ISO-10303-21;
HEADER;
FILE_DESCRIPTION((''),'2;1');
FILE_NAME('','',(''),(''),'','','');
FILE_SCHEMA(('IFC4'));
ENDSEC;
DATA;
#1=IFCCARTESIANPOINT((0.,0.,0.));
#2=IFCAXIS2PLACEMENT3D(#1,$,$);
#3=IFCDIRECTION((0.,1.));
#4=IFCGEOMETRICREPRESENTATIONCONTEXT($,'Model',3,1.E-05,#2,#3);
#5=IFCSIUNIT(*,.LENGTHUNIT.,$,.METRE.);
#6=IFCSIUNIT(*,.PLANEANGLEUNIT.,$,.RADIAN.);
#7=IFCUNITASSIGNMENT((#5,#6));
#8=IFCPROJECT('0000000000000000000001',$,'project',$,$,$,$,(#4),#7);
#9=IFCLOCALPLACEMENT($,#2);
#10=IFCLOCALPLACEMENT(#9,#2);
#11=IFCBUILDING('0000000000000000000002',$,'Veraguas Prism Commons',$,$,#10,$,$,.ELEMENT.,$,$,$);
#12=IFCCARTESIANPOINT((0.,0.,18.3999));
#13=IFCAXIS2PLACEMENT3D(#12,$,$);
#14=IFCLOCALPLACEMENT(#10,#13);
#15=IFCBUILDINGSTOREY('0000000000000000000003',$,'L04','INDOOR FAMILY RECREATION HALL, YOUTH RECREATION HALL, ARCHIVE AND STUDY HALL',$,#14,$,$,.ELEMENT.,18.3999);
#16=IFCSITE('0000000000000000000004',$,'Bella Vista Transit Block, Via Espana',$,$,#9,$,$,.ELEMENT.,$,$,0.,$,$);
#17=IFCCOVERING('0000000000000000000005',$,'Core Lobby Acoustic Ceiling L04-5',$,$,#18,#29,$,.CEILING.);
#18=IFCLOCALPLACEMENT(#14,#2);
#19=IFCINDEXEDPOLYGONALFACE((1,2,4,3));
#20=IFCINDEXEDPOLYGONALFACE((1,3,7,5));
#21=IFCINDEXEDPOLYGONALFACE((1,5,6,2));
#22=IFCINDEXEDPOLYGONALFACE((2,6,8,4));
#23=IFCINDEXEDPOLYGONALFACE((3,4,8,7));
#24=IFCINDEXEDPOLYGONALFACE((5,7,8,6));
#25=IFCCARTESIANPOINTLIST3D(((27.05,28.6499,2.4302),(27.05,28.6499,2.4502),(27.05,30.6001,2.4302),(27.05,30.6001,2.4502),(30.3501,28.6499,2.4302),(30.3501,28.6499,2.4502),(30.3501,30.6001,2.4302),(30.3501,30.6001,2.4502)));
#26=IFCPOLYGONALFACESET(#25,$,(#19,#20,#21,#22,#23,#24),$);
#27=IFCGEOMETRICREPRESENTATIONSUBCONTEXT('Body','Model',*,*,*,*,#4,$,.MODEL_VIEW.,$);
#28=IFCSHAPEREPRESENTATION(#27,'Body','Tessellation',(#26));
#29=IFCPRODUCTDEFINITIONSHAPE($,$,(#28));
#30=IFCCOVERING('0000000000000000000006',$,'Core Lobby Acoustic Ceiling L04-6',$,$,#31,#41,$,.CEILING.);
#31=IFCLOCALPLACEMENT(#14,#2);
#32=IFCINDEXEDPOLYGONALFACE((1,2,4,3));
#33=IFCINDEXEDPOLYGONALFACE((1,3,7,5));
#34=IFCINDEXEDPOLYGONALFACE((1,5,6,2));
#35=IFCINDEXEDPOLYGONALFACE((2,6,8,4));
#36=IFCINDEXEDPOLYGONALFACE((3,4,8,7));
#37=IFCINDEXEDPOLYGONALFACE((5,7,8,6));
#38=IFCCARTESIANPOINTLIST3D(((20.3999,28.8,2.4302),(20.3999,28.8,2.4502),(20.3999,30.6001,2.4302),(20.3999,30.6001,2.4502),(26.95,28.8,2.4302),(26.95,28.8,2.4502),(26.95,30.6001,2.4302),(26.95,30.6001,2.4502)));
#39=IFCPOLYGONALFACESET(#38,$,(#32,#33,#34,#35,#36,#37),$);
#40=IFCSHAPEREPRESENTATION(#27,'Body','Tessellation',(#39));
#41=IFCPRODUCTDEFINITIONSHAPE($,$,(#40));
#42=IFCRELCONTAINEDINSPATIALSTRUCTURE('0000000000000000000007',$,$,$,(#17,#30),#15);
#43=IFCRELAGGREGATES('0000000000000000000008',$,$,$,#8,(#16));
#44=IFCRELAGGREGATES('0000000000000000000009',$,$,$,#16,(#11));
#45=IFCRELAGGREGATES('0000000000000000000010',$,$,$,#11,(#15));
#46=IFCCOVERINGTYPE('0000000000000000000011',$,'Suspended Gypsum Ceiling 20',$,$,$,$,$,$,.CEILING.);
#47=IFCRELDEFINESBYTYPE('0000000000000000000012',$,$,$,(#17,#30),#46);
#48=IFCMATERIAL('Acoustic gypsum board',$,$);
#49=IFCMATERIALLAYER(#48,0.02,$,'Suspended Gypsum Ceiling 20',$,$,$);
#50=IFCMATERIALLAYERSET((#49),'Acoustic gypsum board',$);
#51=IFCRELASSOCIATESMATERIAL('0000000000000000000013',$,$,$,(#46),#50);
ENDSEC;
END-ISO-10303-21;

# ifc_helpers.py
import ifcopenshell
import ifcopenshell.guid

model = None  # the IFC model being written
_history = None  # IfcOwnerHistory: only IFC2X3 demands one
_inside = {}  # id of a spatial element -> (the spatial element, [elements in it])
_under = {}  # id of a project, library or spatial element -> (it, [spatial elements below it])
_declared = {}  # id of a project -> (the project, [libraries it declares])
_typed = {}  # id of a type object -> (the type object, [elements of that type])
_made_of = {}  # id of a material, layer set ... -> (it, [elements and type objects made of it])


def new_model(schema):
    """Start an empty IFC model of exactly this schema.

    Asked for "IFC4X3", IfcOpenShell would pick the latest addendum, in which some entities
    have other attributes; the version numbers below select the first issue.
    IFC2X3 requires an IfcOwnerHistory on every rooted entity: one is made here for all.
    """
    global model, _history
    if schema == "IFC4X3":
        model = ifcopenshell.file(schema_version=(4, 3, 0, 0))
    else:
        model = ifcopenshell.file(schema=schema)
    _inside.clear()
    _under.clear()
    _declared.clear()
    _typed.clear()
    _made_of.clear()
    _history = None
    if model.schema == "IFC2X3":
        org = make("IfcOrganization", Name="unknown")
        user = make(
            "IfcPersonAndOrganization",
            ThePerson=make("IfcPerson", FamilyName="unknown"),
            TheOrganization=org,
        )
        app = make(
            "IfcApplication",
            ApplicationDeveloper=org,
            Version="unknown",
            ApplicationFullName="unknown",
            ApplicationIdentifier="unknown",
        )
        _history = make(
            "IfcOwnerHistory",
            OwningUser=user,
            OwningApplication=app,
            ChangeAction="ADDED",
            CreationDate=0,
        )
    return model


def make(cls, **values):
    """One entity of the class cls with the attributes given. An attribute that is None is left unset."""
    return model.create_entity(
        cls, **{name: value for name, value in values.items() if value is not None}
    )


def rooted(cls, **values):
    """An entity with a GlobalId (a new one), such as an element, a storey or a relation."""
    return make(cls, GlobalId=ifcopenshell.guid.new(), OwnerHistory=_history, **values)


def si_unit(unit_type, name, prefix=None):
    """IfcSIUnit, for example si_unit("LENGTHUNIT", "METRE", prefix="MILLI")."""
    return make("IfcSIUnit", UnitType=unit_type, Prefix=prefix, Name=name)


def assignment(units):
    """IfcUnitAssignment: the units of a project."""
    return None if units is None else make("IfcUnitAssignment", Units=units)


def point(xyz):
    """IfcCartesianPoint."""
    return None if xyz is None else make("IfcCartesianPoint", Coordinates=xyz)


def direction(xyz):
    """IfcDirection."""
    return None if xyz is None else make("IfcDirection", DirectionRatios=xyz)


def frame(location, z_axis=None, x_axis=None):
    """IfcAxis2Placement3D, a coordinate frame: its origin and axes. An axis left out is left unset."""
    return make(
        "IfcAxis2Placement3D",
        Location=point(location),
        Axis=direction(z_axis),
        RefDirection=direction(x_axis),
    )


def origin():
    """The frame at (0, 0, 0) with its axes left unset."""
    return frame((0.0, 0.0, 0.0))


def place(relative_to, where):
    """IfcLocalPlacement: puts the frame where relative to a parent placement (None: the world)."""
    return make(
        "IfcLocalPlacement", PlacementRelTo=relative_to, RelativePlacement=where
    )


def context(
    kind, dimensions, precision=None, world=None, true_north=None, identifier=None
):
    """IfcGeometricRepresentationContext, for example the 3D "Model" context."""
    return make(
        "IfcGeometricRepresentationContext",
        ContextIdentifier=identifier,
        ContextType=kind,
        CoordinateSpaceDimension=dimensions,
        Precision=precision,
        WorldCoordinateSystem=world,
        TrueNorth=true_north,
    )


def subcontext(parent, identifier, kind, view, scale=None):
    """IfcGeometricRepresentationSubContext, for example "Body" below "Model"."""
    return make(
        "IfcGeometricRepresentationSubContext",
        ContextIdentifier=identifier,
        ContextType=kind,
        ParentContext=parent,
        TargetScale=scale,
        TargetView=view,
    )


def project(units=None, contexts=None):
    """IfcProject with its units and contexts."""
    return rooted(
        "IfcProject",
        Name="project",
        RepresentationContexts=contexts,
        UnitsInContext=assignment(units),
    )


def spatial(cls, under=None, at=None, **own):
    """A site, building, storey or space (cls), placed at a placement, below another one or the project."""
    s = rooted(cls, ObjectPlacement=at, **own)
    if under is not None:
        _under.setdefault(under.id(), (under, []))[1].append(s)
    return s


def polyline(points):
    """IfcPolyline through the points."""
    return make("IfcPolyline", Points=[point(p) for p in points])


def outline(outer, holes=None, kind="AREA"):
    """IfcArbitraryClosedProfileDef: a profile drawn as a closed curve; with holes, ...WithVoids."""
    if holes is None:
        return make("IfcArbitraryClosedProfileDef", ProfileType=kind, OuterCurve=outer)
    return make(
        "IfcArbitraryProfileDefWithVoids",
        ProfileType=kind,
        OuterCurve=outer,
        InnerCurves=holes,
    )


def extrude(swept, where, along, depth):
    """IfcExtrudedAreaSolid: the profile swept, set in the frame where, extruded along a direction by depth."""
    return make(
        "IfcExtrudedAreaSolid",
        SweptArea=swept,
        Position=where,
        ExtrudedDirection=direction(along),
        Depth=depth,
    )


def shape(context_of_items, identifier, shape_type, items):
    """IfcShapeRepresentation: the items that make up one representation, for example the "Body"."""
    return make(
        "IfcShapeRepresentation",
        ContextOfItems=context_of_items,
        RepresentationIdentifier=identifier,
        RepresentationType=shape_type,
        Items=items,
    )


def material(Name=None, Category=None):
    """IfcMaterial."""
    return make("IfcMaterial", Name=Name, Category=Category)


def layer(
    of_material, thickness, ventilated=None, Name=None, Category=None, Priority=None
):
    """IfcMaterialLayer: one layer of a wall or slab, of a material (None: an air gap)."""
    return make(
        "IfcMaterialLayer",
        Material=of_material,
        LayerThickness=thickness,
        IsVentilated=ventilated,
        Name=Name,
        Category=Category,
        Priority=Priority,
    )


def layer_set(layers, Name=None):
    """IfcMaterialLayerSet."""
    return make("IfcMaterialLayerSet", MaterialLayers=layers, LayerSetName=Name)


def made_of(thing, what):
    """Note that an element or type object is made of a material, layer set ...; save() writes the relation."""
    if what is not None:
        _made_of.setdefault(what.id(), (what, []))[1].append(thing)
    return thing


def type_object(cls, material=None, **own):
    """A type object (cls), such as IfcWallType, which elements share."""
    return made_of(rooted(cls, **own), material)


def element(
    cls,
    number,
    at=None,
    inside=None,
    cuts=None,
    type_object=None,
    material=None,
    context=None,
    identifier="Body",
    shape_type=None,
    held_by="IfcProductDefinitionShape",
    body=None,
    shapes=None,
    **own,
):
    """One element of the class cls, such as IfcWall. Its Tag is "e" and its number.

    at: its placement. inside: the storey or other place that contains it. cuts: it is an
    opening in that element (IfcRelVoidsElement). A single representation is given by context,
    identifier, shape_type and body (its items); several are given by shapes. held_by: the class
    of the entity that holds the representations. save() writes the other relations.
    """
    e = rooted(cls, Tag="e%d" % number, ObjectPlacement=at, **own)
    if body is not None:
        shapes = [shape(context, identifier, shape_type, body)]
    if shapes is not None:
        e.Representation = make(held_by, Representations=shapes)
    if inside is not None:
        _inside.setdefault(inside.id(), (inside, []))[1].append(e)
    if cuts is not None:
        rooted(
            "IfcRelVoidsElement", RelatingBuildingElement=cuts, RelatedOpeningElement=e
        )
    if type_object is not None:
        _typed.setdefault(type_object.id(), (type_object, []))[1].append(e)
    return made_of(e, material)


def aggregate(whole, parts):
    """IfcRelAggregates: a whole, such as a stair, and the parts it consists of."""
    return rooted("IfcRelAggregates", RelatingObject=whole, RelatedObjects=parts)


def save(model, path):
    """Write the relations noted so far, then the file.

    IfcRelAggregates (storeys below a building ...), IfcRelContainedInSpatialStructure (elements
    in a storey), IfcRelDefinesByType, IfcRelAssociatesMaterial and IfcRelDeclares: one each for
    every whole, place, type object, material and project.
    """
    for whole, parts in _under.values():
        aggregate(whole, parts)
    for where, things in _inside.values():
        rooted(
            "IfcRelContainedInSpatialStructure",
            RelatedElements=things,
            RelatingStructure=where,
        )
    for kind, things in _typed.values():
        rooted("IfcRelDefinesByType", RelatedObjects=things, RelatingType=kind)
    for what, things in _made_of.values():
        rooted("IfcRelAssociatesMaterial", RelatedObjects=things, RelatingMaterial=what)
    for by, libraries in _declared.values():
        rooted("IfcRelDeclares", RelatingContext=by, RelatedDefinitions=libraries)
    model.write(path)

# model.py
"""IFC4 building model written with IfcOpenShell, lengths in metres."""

from ifc_helpers import new_model, si_unit, direction, frame, origin, place, context, subcontext, project, spatial, polyline, outline, extrude, material, layer, layer_set, type_object, element, save


model = new_model("IFC4")

# Units and contexts
model_context = context("Model", 3, precision=1e-05, world=origin(), true_north=direction((0.0, 1.0)))
body_context = subcontext(model_context, "Body", "Model", "MODEL_VIEW")
ifc_project = project(units=[si_unit("LENGTHUNIT", "METRE"), si_unit("PLANEANGLEUNIT", "RADIAN")], contexts=[model_context])

# Site, building, storey
site_placement = place(None, origin())
site = spatial("IfcSite", under=ifc_project, at=site_placement, Name="Bella Vista Transit Block, Via Espana", CompositionType="ELEMENT", RefElevation=0.0)
building_placement = place(site_placement, origin())
building = spatial("IfcBuilding", under=site, at=building_placement, Name="Veraguas Prism Commons", CompositionType="ELEMENT")
storey_placement = place(building_placement, frame((0.0, 0.0, 18.3999)))
storey = spatial("IfcBuildingStorey", under=building, at=storey_placement, Name="L04", Description="INDOOR FAMILY RECREATION HALL, YOUTH RECREATION HALL, ARCHIVE AND STUDY HALL", CompositionType="ELEMENT", Elevation=18.3999)

# Shared definitions
ifc_material_1 = material(Name="Acoustic gypsum board")

# Coverings
ifc_layer_1 = layer(ifc_material_1, 0.02, Name="Suspended Gypsum Ceiling 20")
ifc_layer_set_1 = layer_set([ifc_layer_1], Name="Acoustic gypsum board")
covering_type_1 = type_object("IfcCoveringType", Name="Suspended Gypsum Ceiling 20", PredefinedType="CEILING", material=ifc_layer_set_1)
covering_1_placement = place(storey_placement, frame((0.0, 0.0, 2.4302)))
element("IfcCovering", 1, at=covering_1_placement, inside=storey, type_object=covering_type_1, Name="Core Lobby Acoustic Ceiling L04-5", PredefinedType="CEILING", context=body_context, shape_type="SweptSolid", body=[
    extrude(outline(polyline([(27.05, 28.6499), (30.3501, 28.6499), (30.3501, 30.6001), (27.05, 30.6001), (27.05, 28.6499)])), origin(), (0.0, 0.0, 1.0), 0.02),
])
covering_2_placement = place(storey_placement, frame((0.0, 0.0, 2.4302)))
element("IfcCovering", 2, at=covering_2_placement, inside=storey, type_object=covering_type_1, Name="Core Lobby Acoustic Ceiling L04-6", PredefinedType="CEILING", context=body_context, shape_type="SweptSolid", body=[
    extrude(outline(polyline([(20.3999, 28.8), (26.95, 28.8), (26.95, 30.6001), (20.3999, 30.6001), (20.3999, 28.8)])), origin(), (0.0, 0.0, 1.0), 0.02),
])

save(model, "model.ifc")
